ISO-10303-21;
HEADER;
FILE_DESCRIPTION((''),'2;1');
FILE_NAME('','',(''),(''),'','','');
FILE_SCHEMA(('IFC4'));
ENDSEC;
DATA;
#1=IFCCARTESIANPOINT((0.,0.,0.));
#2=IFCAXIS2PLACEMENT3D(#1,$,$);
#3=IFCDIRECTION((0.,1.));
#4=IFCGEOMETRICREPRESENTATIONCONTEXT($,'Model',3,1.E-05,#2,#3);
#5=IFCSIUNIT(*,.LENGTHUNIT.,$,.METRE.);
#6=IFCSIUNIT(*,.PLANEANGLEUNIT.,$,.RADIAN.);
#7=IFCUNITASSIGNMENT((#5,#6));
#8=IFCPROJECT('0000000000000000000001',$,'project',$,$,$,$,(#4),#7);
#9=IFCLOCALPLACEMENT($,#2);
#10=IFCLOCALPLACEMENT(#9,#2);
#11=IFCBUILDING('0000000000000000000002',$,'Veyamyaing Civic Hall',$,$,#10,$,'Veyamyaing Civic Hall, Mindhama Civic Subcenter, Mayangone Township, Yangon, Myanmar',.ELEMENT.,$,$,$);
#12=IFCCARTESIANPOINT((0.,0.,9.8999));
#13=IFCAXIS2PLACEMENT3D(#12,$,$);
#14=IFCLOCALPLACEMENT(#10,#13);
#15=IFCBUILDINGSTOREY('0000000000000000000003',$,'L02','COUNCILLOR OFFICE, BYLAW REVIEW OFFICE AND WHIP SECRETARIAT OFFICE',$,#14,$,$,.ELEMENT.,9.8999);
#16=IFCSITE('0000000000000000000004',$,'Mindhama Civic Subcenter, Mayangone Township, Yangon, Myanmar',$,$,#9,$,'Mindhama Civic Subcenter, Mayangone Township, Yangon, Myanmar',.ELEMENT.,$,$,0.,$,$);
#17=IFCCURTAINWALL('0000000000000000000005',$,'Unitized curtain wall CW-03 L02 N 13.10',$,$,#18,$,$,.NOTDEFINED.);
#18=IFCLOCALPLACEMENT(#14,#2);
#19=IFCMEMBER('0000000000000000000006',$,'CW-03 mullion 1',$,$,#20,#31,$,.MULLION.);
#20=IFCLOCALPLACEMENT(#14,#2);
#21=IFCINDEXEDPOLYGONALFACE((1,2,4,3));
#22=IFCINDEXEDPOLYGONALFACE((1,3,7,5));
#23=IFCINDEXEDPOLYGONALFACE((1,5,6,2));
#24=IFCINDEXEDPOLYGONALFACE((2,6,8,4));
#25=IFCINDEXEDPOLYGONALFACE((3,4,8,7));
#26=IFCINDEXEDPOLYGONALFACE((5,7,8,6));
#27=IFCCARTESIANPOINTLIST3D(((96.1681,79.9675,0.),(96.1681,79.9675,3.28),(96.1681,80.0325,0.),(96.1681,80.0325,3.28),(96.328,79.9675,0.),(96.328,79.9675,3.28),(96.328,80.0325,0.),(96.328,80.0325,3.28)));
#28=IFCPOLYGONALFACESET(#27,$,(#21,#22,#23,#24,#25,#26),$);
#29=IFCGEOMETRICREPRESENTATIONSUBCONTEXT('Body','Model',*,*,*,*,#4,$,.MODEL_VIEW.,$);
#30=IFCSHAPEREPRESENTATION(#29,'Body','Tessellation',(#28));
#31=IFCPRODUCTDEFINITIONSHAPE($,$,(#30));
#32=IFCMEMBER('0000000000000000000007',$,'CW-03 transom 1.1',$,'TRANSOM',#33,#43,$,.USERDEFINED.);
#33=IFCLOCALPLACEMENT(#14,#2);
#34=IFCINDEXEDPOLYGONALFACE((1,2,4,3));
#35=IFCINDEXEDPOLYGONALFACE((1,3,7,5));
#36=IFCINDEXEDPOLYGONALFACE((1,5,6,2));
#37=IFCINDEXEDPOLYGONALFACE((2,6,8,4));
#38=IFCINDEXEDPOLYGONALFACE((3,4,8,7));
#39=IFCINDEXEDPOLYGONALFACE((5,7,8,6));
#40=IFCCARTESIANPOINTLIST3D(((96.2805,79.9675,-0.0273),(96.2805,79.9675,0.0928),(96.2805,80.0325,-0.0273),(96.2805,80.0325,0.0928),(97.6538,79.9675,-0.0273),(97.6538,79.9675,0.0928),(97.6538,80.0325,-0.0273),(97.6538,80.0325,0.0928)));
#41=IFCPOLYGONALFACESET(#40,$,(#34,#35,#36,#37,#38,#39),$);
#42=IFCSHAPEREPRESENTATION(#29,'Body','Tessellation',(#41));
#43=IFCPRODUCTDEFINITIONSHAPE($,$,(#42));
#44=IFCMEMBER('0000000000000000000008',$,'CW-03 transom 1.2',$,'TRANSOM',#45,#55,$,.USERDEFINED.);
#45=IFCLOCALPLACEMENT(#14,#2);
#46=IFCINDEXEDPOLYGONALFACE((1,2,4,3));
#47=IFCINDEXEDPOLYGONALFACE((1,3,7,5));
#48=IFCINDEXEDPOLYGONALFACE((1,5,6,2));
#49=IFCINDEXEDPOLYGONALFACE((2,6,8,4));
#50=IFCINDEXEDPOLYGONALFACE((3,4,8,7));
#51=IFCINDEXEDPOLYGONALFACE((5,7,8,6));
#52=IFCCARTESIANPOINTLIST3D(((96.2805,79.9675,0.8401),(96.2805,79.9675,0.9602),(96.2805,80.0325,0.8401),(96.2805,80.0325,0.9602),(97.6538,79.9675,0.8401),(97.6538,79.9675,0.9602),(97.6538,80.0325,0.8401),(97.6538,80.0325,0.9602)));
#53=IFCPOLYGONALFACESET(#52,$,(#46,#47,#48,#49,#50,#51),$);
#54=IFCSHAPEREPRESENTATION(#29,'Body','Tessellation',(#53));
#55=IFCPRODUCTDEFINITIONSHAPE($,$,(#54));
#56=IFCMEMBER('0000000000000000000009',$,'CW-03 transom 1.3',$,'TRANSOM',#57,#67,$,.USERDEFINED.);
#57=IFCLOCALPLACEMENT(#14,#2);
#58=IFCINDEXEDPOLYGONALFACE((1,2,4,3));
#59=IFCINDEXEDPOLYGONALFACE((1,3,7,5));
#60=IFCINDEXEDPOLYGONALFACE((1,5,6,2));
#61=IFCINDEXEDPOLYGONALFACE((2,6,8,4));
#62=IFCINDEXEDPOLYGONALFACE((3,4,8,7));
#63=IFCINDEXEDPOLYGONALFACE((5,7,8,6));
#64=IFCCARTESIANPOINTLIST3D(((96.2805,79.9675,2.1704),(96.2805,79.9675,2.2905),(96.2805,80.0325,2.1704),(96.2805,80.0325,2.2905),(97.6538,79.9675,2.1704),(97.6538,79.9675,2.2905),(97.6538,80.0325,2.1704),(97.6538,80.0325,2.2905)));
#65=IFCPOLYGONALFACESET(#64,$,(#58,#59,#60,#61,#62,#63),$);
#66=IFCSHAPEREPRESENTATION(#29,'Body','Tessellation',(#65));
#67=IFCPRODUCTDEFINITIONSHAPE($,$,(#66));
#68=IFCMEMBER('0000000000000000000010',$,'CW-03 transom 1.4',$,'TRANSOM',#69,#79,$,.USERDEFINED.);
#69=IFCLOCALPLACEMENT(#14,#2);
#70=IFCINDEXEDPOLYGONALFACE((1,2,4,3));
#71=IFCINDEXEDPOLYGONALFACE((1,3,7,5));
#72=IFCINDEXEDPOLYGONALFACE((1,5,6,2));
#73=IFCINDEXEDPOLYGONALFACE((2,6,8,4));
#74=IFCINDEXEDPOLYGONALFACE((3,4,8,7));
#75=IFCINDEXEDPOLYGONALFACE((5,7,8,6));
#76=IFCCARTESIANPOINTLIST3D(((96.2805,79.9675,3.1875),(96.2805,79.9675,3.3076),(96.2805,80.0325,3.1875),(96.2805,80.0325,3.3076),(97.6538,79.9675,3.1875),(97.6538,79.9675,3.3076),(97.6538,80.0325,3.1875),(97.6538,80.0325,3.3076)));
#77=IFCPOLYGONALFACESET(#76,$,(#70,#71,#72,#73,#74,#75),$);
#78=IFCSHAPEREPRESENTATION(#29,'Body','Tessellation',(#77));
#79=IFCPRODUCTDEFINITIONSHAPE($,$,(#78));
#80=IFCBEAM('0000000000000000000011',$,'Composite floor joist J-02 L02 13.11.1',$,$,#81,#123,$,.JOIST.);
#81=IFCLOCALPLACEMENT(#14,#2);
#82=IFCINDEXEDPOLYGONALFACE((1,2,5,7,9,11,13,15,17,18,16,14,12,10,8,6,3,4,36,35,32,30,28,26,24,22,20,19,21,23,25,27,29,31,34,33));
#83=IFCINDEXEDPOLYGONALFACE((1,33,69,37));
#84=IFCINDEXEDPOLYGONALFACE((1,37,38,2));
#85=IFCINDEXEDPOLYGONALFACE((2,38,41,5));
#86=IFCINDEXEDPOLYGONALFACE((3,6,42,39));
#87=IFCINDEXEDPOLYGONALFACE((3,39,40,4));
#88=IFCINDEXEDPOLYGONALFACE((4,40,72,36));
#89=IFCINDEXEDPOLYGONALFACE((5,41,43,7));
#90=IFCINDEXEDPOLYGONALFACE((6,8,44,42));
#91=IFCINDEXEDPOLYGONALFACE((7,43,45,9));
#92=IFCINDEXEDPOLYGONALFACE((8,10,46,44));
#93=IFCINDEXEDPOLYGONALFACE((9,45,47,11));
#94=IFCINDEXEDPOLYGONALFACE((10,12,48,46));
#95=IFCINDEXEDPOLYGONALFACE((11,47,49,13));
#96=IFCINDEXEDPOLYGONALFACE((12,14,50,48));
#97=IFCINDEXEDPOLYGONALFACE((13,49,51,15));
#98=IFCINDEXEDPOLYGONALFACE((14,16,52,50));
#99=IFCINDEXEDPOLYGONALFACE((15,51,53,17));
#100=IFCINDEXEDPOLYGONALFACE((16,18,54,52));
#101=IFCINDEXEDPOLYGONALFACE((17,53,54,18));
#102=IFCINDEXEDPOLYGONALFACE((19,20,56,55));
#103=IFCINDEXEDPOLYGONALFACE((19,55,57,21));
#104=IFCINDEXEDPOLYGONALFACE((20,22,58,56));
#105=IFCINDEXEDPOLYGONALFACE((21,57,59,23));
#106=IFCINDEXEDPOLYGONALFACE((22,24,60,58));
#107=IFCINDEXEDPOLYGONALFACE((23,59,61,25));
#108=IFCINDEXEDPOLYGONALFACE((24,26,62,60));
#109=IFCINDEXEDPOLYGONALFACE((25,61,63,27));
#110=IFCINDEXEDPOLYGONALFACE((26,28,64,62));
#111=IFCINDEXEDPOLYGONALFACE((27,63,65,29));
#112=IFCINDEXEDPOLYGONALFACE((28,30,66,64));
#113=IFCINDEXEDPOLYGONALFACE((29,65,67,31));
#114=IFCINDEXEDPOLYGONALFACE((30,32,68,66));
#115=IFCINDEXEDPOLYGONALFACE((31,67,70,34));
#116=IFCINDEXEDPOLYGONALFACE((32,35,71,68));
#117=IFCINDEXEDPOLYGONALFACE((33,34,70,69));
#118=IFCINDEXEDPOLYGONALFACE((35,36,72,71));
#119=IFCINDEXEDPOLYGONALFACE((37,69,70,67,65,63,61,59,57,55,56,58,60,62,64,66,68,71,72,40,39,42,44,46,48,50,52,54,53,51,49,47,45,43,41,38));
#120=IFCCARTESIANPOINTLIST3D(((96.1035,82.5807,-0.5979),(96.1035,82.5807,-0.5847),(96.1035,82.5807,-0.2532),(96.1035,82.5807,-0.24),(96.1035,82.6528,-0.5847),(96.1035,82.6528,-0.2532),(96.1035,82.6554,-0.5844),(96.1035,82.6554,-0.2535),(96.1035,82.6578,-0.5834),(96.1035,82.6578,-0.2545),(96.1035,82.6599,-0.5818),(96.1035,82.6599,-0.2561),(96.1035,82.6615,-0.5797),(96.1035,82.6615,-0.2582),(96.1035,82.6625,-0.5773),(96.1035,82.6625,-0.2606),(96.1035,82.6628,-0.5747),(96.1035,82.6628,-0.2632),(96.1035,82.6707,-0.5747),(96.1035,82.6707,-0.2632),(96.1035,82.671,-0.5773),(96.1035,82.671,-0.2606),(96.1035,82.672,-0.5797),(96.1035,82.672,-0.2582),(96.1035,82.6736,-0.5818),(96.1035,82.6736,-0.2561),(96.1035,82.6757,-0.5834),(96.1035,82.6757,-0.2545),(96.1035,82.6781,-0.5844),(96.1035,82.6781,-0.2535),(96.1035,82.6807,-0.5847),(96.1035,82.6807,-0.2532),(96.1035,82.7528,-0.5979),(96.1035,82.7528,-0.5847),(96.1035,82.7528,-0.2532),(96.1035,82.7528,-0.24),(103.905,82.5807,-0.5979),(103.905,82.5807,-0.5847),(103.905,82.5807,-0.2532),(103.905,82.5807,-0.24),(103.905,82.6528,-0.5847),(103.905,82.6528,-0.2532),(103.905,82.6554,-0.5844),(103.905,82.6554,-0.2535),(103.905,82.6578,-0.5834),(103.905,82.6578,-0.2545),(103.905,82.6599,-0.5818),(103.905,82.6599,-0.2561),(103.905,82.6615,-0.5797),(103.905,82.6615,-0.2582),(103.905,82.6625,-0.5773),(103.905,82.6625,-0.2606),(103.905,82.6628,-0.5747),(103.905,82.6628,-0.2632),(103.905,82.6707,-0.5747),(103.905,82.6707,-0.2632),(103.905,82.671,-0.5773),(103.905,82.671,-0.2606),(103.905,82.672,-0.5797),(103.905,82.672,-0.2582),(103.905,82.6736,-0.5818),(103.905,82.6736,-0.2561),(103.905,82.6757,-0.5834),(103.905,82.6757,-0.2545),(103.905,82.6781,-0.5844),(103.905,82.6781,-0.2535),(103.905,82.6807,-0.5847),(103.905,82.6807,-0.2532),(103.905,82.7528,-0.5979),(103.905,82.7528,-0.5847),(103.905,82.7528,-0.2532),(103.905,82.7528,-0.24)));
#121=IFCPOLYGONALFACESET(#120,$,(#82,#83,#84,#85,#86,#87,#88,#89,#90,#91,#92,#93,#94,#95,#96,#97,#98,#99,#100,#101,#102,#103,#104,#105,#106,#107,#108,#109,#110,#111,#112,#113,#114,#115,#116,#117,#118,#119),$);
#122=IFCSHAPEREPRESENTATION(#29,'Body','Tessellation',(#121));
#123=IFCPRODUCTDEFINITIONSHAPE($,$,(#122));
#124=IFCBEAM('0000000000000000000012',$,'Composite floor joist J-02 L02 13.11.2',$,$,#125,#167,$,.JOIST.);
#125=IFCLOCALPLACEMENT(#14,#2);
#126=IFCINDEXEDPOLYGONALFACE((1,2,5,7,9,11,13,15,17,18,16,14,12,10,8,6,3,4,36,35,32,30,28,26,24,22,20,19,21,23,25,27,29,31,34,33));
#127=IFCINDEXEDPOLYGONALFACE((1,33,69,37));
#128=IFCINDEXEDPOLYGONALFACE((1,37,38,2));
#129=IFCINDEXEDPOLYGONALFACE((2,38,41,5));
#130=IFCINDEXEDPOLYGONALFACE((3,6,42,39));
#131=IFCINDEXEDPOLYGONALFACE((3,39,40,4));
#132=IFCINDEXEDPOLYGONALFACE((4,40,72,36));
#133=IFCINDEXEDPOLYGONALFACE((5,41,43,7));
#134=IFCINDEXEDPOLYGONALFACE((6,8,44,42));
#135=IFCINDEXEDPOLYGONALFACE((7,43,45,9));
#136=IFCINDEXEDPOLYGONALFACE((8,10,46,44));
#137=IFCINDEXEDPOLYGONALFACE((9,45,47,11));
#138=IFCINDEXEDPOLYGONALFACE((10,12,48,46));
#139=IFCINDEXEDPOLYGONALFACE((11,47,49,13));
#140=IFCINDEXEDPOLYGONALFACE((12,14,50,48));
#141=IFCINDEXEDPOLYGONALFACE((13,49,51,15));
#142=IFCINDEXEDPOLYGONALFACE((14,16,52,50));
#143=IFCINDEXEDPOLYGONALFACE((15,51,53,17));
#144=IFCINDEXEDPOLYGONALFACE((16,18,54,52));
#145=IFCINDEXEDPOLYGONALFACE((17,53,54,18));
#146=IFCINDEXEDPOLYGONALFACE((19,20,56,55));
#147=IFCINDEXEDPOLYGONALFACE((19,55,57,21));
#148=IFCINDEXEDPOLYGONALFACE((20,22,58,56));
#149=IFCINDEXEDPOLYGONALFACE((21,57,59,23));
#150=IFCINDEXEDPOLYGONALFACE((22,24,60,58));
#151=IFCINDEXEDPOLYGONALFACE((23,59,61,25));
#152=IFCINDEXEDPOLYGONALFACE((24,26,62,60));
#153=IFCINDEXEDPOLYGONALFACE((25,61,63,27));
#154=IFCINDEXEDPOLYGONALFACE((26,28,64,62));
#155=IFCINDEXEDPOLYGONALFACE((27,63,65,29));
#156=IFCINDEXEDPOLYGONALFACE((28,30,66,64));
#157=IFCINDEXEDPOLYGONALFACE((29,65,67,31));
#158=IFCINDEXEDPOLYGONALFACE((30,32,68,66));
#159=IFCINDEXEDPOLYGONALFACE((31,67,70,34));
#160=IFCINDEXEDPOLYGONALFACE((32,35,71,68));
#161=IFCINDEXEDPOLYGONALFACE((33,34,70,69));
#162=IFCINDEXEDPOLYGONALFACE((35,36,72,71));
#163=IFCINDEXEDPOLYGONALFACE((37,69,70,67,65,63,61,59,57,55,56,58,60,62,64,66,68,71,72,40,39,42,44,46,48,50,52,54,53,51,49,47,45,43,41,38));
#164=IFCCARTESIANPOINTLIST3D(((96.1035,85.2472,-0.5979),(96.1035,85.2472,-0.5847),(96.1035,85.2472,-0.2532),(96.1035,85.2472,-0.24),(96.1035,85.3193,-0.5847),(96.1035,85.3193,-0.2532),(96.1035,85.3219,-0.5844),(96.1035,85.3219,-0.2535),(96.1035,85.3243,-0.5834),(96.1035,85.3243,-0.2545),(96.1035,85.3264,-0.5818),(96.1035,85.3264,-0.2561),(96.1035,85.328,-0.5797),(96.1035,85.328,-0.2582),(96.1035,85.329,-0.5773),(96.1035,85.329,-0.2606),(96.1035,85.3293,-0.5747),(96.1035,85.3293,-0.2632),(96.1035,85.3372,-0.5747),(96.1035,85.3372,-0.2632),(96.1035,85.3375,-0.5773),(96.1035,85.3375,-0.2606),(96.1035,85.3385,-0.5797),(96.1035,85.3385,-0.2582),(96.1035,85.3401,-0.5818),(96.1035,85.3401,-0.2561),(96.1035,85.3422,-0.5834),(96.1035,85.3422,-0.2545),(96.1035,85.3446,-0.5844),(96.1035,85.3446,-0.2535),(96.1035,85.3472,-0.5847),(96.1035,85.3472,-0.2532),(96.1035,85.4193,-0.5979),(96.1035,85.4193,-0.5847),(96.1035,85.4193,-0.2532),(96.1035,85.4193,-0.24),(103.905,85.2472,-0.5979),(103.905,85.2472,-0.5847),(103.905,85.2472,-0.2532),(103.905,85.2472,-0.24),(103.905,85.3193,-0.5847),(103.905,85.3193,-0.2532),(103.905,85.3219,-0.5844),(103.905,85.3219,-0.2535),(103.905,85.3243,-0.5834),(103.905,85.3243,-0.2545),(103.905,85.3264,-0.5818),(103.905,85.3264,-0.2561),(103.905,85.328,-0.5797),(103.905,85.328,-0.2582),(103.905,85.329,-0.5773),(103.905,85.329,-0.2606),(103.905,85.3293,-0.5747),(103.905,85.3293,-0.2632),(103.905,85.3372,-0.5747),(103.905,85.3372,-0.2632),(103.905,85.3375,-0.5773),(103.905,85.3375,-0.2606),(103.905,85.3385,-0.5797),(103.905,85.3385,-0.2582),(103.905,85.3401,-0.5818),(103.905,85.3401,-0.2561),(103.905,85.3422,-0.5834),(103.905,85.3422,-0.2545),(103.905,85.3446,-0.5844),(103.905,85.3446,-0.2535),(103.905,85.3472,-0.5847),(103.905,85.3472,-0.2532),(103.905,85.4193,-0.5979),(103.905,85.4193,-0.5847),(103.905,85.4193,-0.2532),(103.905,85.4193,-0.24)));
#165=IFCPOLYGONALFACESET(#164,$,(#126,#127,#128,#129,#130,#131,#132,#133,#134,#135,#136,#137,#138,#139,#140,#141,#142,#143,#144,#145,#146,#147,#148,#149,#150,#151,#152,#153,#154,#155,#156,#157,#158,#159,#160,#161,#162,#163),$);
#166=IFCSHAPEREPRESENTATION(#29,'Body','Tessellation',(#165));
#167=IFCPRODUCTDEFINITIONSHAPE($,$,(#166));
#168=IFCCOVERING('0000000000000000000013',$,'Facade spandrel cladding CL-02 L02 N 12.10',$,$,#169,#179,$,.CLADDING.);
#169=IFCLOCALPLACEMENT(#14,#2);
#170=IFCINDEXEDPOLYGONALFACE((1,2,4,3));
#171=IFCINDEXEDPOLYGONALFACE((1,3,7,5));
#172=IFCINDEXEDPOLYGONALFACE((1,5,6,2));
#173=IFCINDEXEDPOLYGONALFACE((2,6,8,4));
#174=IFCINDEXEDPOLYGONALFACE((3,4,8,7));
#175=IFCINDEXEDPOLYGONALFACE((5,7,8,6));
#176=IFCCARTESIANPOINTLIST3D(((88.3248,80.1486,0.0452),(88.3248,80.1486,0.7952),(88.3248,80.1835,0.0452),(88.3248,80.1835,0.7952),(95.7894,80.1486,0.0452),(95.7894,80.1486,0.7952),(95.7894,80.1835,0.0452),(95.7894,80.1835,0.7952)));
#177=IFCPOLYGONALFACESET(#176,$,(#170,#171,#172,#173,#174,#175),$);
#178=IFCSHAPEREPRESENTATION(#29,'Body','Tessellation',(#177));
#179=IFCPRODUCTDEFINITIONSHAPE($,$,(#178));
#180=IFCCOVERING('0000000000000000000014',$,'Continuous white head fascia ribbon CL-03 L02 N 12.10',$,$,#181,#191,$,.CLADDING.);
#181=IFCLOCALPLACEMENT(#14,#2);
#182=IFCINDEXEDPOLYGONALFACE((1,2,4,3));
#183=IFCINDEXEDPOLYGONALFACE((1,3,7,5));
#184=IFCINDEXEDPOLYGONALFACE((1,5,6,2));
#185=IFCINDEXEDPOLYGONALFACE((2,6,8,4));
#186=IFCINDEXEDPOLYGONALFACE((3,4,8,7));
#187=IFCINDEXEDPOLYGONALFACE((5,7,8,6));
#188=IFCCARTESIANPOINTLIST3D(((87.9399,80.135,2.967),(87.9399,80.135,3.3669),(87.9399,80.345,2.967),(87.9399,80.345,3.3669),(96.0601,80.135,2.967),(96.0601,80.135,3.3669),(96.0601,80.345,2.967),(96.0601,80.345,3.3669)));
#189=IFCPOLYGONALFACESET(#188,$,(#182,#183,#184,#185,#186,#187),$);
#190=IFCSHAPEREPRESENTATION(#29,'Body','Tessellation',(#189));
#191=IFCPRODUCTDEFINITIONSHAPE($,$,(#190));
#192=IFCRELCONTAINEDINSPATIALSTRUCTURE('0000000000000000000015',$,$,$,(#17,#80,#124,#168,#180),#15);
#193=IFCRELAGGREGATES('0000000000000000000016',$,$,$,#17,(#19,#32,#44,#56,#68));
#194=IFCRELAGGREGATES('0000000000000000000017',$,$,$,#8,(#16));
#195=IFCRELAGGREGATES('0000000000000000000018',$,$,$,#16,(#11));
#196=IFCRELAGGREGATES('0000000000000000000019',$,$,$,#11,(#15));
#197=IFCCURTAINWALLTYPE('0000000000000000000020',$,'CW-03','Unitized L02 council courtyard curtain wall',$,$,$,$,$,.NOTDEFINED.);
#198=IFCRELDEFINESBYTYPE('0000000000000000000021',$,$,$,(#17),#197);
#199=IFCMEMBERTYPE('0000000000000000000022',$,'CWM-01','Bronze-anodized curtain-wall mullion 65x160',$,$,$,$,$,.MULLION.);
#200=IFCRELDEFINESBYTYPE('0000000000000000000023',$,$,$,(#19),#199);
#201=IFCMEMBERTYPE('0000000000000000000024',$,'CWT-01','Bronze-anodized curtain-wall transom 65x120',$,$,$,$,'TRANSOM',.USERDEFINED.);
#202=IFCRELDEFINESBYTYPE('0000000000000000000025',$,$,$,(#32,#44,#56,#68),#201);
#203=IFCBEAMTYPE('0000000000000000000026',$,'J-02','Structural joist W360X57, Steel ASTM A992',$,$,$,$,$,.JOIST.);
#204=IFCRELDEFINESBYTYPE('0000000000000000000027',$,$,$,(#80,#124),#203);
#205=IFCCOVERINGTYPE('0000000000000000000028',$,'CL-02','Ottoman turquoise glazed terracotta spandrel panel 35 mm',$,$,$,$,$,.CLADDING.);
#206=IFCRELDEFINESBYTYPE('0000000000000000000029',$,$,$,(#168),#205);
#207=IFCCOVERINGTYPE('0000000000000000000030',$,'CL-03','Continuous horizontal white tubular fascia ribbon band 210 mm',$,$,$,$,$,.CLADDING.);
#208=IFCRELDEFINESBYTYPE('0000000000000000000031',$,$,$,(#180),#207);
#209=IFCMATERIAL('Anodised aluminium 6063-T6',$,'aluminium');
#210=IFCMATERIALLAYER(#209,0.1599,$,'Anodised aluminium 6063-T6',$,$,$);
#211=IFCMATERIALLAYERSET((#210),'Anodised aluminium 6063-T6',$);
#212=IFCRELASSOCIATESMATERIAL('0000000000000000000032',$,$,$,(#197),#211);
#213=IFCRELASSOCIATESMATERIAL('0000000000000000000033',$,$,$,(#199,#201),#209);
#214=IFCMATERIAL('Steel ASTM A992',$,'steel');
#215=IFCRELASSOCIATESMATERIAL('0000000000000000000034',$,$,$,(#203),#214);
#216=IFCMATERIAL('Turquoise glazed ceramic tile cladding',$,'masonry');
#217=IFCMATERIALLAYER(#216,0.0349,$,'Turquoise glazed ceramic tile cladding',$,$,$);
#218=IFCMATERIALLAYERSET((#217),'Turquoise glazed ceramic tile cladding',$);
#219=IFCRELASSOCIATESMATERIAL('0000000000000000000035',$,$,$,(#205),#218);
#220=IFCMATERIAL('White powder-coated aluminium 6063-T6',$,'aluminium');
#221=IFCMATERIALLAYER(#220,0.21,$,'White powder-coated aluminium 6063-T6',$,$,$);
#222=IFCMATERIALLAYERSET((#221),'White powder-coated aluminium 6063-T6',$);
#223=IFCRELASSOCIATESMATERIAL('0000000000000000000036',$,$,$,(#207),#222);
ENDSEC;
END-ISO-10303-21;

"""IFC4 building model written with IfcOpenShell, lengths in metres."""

from ifc_helpers import new_model, si_unit, direction, frame, origin, origin_2d, place, context, subcontext, project, spatial, rectangle, i_section, extrude, material, layer, layer_set, material_profile, profile_set, type_object, element, aggregate, save


model = new_model("IFC4")

# Units and contexts
model_context = context("Model", 3, precision=1e-05, world=origin(), true_north=direction((0.0, 1.0)))
body_context = subcontext(model_context, "Body", "Model", "MODEL_VIEW")
ifc_project = project(units=[si_unit("LENGTHUNIT", "METRE"), si_unit("PLANEANGLEUNIT", "RADIAN")], contexts=[model_context])

# Site, building, storey
site_placement = place(None, origin())
site = spatial("IfcSite", under=ifc_project, at=site_placement, Name="Mindhama Civic Subcenter, Mayangone Township, Yangon, Myanmar", LongName="Mindhama Civic Subcenter, Mayangone Township, Yangon, Myanmar", CompositionType="ELEMENT", RefElevation=0.0)
building_placement = place(site_placement, origin())
building = spatial("IfcBuilding", under=site, at=building_placement, Name="Veyamyaing Civic Hall", LongName="Veyamyaing Civic Hall, Mindhama Civic Subcenter, Mayangone Township, Yangon, Myanmar", CompositionType="ELEMENT")
storey_placement = place(building_placement, frame((0.0, 0.0, 9.8999)))
storey = spatial("IfcBuildingStorey", under=building, at=storey_placement, Name="L02", Description="COUNCILLOR OFFICE, BYLAW REVIEW OFFICE AND WHIP SECRETARIAT OFFICE", CompositionType="ELEMENT", Elevation=9.8999)

# Shared definitions
ifc_material_1 = material(Name="Steel ASTM A992", Category="steel")

# Curtain wall, members
ifc_material_2 = material(Name="Anodised aluminium 6063-T6", Category="aluminium")
ifc_layer_1 = layer(ifc_material_2, 0.1599, Name="Anodised aluminium 6063-T6")
ifc_layer_set_1 = layer_set([ifc_layer_1], Name="Anodised aluminium 6063-T6")
curtain_wall_type = type_object("IfcCurtainWallType", Name="CW-03", Description="Unitized L02 council courtyard curtain wall", PredefinedType="NOTDEFINED", material=ifc_layer_set_1)
curtain_wall_placement = place(storey_placement, origin())
curtain_wall = element("IfcCurtainWall", 1, at=curtain_wall_placement, inside=storey, type_object=curtain_wall_type, Name="Unitized curtain wall CW-03 L02 N 13.10", PredefinedType="NOTDEFINED")
ifc_material_profile_1 = material_profile(ifc_material_2, rectangle(XDim=0.0649, YDim=0.1599, at=origin_2d()), Name="ALU-MUL-65X160")
ifc_profile_set_1 = profile_set([ifc_material_profile_1], Name="Anodised aluminium 6063-T6")
member_type_1 = type_object("IfcMemberType", Name="CWM-01", Description="Bronze-anodized curtain-wall mullion 65x160", PredefinedType="MULLION", material=ifc_profile_set_1)
member_1_placement = place(storey_placement, frame((96.248, 80.0, 0.0), z_axis=(0.0, 0.0, 1.0), x_axis=(0.0, 1.0, 0.0)))
member_1 = element("IfcMember", 2, at=member_1_placement, type_object=member_type_1, Name="CW-03 mullion 1", PredefinedType="MULLION", context=body_context, shape_type="SweptSolid", body=[
    extrude(rectangle(XDim=0.0649, YDim=0.1599, at=origin_2d()), origin(), (0.0, 0.0, 1.0), 3.28),
])
ifc_material_profile_2 = material_profile(ifc_material_2, rectangle(XDim=0.0649, YDim=0.1201, at=origin_2d()), Name="ALU-TRN-65X120")
ifc_profile_set_2 = profile_set([ifc_material_profile_2], Name="Anodised aluminium 6063-T6")
member_type_2 = type_object("IfcMemberType", Name="CWT-01", Description="Bronze-anodized curtain-wall transom 65x120", ElementType="TRANSOM", PredefinedType="USERDEFINED", material=ifc_profile_set_2)
member_2_placement = place(storey_placement, frame((96.2805, 80.0, 0.0327), z_axis=(1.0, 0.0, 0.0), x_axis=(0.0, 1.0, 0.0)))
member_2 = element("IfcMember", 3, at=member_2_placement, type_object=member_type_2, Name="CW-03 transom 1.1", ObjectType="TRANSOM", PredefinedType="USERDEFINED", context=body_context, shape_type="SweptSolid", body=[
    extrude(rectangle(XDim=0.0649, YDim=0.1201, at=origin_2d()), origin(), (0.0, 0.0, 1.0), 1.3733),
])
member_3_placement = place(storey_placement, frame((96.2805, 80.0, 0.9001), z_axis=(1.0, 0.0, 0.0), x_axis=(0.0, 1.0, 0.0)))
member_3 = element("IfcMember", 4, at=member_3_placement, type_object=member_type_2, Name="CW-03 transom 1.2", ObjectType="TRANSOM", PredefinedType="USERDEFINED", context=body_context, shape_type="SweptSolid", body=[
    extrude(rectangle(XDim=0.0649, YDim=0.1201, at=origin_2d()), origin(), (0.0, 0.0, 1.0), 1.3733),
])
member_4_placement = place(storey_placement, frame((96.2805, 80.0, 2.2305), z_axis=(1.0, 0.0, 0.0), x_axis=(0.0, 1.0, 0.0)))
member_4 = element("IfcMember", 5, at=member_4_placement, type_object=member_type_2, Name="CW-03 transom 1.3", ObjectType="TRANSOM", PredefinedType="USERDEFINED", context=body_context, shape_type="SweptSolid", body=[
    extrude(rectangle(XDim=0.0649, YDim=0.1201, at=origin_2d()), origin(), (0.0, 0.0, 1.0), 1.3733),
])
member_5_placement = place(storey_placement, frame((96.2805, 80.0, 3.2476), z_axis=(1.0, 0.0, 0.0), x_axis=(0.0, 1.0, 0.0)))
member_5 = element("IfcMember", 6, at=member_5_placement, type_object=member_type_2, Name="CW-03 transom 1.4", ObjectType="TRANSOM", PredefinedType="USERDEFINED", context=body_context, shape_type="SweptSolid", body=[
    extrude(rectangle(XDim=0.0649, YDim=0.1201, at=origin_2d()), origin(), (0.0, 0.0, 1.0), 1.3733),
])
aggregate(curtain_wall, [member_1, member_2, member_3, member_4, member_5])

# Beams
ifc_material_profile_3 = material_profile(ifc_material_1, i_section(OverallWidth=0.1721, OverallDepth=0.3579, WebThickness=0.0078, FlangeThickness=0.0132, FilletRadius=0.01, at=origin_2d()), Name="W360X57")
ifc_profile_set_3 = profile_set([ifc_material_profile_3], Name="Steel ASTM A992")
beam_type_1 = type_object("IfcBeamType", Name="J-02", Description="Structural joist W360X57, Steel ASTM A992", PredefinedType="JOIST", material=ifc_profile_set_3)
for number, where, z_axis, x_axis, name in (
    (7, (96.1035, 82.6667, -0.4189), (1.0, 0.0, 0.0), (0.0, 1.0, 0.0), "Composite floor joist J-02 L02 13.11.1"),
    (8, (96.1035, 85.3333, -0.4189), (1.0, 0.0, 0.0), (0.0, 1.0, 0.0), "Composite floor joist J-02 L02 13.11.2"),
):
    element("IfcBeam", number, at=place(storey_placement, frame(where, z_axis=z_axis, x_axis=x_axis)), inside=storey, type_object=beam_type_1, Name=name, PredefinedType="JOIST", context=body_context, shape_type="SweptSolid", body=[
        extrude(i_section(OverallWidth=0.1721, OverallDepth=0.3579, WebThickness=0.0078, FlangeThickness=0.0132, FilletRadius=0.01, at=origin_2d()), origin(), (0.0, 0.0, 1.0), 7.8015),
    ])

# Coverings
ifc_material_3 = material(Name="Turquoise glazed ceramic tile cladding", Category="masonry")
ifc_layer_2 = layer(ifc_material_3, 0.0349, Name="Turquoise glazed ceramic tile cladding")
ifc_layer_set_2 = layer_set([ifc_layer_2], Name="Turquoise glazed ceramic tile cladding")
covering_type_1 = type_object("IfcCoveringType", Name="CL-02", Description="Ottoman turquoise glazed terracotta spandrel panel 35 mm", PredefinedType="CLADDING", material=ifc_layer_set_2)
covering_placement = place(storey_placement, frame((92.0571, 80.166, 0.0452), z_axis=(0.0, 0.0, 1.0), x_axis=(1.0, 0.0, 0.0)))
element("IfcCovering", 9, at=covering_placement, inside=storey, type_object=covering_type_1, Name="Facade spandrel cladding CL-02 L02 N 12.10", PredefinedType="CLADDING", context=body_context, shape_type="SweptSolid", body=[
    extrude(rectangle(XDim=7.4646, YDim=0.0349, at=origin_2d()), origin(), (0.0, 0.0, 1.0), 0.75),
])
ifc_material_4 = material(Name="White powder-coated aluminium 6063-T6", Category="aluminium")
ifc_layer_3 = layer(ifc_material_4, 0.21, Name="White powder-coated aluminium 6063-T6")
ifc_layer_set_3 = layer_set([ifc_layer_3], Name="White powder-coated aluminium 6063-T6")
covering_type_2 = type_object("IfcCoveringType", Name="CL-03", Description="Continuous horizontal white tubular fascia ribbon band 210 mm", PredefinedType="CLADDING", material=ifc_layer_set_3)
for number, where, z_axis, x_axis, name in (
    (10, (92.0, 80.24, 2.967), (0.0, 0.0, 1.0), (1.0, 0.0, 0.0), "Continuous white head fascia ribbon CL-03 L02 N 12.10"),
):
    element("IfcCovering", number, at=place(storey_placement, frame(where, z_axis=z_axis, x_axis=x_axis)), inside=storey, type_object=covering_type_2, Name=name, PredefinedType="CLADDING", context=body_context, shape_type="SweptSolid", body=[
        extrude(rectangle(XDim=8.1201, YDim=0.21, at=origin_2d()), origin(), (0.0, 0.0, 1.0), 0.3999),
    ])

save(model, "model.ifc")
